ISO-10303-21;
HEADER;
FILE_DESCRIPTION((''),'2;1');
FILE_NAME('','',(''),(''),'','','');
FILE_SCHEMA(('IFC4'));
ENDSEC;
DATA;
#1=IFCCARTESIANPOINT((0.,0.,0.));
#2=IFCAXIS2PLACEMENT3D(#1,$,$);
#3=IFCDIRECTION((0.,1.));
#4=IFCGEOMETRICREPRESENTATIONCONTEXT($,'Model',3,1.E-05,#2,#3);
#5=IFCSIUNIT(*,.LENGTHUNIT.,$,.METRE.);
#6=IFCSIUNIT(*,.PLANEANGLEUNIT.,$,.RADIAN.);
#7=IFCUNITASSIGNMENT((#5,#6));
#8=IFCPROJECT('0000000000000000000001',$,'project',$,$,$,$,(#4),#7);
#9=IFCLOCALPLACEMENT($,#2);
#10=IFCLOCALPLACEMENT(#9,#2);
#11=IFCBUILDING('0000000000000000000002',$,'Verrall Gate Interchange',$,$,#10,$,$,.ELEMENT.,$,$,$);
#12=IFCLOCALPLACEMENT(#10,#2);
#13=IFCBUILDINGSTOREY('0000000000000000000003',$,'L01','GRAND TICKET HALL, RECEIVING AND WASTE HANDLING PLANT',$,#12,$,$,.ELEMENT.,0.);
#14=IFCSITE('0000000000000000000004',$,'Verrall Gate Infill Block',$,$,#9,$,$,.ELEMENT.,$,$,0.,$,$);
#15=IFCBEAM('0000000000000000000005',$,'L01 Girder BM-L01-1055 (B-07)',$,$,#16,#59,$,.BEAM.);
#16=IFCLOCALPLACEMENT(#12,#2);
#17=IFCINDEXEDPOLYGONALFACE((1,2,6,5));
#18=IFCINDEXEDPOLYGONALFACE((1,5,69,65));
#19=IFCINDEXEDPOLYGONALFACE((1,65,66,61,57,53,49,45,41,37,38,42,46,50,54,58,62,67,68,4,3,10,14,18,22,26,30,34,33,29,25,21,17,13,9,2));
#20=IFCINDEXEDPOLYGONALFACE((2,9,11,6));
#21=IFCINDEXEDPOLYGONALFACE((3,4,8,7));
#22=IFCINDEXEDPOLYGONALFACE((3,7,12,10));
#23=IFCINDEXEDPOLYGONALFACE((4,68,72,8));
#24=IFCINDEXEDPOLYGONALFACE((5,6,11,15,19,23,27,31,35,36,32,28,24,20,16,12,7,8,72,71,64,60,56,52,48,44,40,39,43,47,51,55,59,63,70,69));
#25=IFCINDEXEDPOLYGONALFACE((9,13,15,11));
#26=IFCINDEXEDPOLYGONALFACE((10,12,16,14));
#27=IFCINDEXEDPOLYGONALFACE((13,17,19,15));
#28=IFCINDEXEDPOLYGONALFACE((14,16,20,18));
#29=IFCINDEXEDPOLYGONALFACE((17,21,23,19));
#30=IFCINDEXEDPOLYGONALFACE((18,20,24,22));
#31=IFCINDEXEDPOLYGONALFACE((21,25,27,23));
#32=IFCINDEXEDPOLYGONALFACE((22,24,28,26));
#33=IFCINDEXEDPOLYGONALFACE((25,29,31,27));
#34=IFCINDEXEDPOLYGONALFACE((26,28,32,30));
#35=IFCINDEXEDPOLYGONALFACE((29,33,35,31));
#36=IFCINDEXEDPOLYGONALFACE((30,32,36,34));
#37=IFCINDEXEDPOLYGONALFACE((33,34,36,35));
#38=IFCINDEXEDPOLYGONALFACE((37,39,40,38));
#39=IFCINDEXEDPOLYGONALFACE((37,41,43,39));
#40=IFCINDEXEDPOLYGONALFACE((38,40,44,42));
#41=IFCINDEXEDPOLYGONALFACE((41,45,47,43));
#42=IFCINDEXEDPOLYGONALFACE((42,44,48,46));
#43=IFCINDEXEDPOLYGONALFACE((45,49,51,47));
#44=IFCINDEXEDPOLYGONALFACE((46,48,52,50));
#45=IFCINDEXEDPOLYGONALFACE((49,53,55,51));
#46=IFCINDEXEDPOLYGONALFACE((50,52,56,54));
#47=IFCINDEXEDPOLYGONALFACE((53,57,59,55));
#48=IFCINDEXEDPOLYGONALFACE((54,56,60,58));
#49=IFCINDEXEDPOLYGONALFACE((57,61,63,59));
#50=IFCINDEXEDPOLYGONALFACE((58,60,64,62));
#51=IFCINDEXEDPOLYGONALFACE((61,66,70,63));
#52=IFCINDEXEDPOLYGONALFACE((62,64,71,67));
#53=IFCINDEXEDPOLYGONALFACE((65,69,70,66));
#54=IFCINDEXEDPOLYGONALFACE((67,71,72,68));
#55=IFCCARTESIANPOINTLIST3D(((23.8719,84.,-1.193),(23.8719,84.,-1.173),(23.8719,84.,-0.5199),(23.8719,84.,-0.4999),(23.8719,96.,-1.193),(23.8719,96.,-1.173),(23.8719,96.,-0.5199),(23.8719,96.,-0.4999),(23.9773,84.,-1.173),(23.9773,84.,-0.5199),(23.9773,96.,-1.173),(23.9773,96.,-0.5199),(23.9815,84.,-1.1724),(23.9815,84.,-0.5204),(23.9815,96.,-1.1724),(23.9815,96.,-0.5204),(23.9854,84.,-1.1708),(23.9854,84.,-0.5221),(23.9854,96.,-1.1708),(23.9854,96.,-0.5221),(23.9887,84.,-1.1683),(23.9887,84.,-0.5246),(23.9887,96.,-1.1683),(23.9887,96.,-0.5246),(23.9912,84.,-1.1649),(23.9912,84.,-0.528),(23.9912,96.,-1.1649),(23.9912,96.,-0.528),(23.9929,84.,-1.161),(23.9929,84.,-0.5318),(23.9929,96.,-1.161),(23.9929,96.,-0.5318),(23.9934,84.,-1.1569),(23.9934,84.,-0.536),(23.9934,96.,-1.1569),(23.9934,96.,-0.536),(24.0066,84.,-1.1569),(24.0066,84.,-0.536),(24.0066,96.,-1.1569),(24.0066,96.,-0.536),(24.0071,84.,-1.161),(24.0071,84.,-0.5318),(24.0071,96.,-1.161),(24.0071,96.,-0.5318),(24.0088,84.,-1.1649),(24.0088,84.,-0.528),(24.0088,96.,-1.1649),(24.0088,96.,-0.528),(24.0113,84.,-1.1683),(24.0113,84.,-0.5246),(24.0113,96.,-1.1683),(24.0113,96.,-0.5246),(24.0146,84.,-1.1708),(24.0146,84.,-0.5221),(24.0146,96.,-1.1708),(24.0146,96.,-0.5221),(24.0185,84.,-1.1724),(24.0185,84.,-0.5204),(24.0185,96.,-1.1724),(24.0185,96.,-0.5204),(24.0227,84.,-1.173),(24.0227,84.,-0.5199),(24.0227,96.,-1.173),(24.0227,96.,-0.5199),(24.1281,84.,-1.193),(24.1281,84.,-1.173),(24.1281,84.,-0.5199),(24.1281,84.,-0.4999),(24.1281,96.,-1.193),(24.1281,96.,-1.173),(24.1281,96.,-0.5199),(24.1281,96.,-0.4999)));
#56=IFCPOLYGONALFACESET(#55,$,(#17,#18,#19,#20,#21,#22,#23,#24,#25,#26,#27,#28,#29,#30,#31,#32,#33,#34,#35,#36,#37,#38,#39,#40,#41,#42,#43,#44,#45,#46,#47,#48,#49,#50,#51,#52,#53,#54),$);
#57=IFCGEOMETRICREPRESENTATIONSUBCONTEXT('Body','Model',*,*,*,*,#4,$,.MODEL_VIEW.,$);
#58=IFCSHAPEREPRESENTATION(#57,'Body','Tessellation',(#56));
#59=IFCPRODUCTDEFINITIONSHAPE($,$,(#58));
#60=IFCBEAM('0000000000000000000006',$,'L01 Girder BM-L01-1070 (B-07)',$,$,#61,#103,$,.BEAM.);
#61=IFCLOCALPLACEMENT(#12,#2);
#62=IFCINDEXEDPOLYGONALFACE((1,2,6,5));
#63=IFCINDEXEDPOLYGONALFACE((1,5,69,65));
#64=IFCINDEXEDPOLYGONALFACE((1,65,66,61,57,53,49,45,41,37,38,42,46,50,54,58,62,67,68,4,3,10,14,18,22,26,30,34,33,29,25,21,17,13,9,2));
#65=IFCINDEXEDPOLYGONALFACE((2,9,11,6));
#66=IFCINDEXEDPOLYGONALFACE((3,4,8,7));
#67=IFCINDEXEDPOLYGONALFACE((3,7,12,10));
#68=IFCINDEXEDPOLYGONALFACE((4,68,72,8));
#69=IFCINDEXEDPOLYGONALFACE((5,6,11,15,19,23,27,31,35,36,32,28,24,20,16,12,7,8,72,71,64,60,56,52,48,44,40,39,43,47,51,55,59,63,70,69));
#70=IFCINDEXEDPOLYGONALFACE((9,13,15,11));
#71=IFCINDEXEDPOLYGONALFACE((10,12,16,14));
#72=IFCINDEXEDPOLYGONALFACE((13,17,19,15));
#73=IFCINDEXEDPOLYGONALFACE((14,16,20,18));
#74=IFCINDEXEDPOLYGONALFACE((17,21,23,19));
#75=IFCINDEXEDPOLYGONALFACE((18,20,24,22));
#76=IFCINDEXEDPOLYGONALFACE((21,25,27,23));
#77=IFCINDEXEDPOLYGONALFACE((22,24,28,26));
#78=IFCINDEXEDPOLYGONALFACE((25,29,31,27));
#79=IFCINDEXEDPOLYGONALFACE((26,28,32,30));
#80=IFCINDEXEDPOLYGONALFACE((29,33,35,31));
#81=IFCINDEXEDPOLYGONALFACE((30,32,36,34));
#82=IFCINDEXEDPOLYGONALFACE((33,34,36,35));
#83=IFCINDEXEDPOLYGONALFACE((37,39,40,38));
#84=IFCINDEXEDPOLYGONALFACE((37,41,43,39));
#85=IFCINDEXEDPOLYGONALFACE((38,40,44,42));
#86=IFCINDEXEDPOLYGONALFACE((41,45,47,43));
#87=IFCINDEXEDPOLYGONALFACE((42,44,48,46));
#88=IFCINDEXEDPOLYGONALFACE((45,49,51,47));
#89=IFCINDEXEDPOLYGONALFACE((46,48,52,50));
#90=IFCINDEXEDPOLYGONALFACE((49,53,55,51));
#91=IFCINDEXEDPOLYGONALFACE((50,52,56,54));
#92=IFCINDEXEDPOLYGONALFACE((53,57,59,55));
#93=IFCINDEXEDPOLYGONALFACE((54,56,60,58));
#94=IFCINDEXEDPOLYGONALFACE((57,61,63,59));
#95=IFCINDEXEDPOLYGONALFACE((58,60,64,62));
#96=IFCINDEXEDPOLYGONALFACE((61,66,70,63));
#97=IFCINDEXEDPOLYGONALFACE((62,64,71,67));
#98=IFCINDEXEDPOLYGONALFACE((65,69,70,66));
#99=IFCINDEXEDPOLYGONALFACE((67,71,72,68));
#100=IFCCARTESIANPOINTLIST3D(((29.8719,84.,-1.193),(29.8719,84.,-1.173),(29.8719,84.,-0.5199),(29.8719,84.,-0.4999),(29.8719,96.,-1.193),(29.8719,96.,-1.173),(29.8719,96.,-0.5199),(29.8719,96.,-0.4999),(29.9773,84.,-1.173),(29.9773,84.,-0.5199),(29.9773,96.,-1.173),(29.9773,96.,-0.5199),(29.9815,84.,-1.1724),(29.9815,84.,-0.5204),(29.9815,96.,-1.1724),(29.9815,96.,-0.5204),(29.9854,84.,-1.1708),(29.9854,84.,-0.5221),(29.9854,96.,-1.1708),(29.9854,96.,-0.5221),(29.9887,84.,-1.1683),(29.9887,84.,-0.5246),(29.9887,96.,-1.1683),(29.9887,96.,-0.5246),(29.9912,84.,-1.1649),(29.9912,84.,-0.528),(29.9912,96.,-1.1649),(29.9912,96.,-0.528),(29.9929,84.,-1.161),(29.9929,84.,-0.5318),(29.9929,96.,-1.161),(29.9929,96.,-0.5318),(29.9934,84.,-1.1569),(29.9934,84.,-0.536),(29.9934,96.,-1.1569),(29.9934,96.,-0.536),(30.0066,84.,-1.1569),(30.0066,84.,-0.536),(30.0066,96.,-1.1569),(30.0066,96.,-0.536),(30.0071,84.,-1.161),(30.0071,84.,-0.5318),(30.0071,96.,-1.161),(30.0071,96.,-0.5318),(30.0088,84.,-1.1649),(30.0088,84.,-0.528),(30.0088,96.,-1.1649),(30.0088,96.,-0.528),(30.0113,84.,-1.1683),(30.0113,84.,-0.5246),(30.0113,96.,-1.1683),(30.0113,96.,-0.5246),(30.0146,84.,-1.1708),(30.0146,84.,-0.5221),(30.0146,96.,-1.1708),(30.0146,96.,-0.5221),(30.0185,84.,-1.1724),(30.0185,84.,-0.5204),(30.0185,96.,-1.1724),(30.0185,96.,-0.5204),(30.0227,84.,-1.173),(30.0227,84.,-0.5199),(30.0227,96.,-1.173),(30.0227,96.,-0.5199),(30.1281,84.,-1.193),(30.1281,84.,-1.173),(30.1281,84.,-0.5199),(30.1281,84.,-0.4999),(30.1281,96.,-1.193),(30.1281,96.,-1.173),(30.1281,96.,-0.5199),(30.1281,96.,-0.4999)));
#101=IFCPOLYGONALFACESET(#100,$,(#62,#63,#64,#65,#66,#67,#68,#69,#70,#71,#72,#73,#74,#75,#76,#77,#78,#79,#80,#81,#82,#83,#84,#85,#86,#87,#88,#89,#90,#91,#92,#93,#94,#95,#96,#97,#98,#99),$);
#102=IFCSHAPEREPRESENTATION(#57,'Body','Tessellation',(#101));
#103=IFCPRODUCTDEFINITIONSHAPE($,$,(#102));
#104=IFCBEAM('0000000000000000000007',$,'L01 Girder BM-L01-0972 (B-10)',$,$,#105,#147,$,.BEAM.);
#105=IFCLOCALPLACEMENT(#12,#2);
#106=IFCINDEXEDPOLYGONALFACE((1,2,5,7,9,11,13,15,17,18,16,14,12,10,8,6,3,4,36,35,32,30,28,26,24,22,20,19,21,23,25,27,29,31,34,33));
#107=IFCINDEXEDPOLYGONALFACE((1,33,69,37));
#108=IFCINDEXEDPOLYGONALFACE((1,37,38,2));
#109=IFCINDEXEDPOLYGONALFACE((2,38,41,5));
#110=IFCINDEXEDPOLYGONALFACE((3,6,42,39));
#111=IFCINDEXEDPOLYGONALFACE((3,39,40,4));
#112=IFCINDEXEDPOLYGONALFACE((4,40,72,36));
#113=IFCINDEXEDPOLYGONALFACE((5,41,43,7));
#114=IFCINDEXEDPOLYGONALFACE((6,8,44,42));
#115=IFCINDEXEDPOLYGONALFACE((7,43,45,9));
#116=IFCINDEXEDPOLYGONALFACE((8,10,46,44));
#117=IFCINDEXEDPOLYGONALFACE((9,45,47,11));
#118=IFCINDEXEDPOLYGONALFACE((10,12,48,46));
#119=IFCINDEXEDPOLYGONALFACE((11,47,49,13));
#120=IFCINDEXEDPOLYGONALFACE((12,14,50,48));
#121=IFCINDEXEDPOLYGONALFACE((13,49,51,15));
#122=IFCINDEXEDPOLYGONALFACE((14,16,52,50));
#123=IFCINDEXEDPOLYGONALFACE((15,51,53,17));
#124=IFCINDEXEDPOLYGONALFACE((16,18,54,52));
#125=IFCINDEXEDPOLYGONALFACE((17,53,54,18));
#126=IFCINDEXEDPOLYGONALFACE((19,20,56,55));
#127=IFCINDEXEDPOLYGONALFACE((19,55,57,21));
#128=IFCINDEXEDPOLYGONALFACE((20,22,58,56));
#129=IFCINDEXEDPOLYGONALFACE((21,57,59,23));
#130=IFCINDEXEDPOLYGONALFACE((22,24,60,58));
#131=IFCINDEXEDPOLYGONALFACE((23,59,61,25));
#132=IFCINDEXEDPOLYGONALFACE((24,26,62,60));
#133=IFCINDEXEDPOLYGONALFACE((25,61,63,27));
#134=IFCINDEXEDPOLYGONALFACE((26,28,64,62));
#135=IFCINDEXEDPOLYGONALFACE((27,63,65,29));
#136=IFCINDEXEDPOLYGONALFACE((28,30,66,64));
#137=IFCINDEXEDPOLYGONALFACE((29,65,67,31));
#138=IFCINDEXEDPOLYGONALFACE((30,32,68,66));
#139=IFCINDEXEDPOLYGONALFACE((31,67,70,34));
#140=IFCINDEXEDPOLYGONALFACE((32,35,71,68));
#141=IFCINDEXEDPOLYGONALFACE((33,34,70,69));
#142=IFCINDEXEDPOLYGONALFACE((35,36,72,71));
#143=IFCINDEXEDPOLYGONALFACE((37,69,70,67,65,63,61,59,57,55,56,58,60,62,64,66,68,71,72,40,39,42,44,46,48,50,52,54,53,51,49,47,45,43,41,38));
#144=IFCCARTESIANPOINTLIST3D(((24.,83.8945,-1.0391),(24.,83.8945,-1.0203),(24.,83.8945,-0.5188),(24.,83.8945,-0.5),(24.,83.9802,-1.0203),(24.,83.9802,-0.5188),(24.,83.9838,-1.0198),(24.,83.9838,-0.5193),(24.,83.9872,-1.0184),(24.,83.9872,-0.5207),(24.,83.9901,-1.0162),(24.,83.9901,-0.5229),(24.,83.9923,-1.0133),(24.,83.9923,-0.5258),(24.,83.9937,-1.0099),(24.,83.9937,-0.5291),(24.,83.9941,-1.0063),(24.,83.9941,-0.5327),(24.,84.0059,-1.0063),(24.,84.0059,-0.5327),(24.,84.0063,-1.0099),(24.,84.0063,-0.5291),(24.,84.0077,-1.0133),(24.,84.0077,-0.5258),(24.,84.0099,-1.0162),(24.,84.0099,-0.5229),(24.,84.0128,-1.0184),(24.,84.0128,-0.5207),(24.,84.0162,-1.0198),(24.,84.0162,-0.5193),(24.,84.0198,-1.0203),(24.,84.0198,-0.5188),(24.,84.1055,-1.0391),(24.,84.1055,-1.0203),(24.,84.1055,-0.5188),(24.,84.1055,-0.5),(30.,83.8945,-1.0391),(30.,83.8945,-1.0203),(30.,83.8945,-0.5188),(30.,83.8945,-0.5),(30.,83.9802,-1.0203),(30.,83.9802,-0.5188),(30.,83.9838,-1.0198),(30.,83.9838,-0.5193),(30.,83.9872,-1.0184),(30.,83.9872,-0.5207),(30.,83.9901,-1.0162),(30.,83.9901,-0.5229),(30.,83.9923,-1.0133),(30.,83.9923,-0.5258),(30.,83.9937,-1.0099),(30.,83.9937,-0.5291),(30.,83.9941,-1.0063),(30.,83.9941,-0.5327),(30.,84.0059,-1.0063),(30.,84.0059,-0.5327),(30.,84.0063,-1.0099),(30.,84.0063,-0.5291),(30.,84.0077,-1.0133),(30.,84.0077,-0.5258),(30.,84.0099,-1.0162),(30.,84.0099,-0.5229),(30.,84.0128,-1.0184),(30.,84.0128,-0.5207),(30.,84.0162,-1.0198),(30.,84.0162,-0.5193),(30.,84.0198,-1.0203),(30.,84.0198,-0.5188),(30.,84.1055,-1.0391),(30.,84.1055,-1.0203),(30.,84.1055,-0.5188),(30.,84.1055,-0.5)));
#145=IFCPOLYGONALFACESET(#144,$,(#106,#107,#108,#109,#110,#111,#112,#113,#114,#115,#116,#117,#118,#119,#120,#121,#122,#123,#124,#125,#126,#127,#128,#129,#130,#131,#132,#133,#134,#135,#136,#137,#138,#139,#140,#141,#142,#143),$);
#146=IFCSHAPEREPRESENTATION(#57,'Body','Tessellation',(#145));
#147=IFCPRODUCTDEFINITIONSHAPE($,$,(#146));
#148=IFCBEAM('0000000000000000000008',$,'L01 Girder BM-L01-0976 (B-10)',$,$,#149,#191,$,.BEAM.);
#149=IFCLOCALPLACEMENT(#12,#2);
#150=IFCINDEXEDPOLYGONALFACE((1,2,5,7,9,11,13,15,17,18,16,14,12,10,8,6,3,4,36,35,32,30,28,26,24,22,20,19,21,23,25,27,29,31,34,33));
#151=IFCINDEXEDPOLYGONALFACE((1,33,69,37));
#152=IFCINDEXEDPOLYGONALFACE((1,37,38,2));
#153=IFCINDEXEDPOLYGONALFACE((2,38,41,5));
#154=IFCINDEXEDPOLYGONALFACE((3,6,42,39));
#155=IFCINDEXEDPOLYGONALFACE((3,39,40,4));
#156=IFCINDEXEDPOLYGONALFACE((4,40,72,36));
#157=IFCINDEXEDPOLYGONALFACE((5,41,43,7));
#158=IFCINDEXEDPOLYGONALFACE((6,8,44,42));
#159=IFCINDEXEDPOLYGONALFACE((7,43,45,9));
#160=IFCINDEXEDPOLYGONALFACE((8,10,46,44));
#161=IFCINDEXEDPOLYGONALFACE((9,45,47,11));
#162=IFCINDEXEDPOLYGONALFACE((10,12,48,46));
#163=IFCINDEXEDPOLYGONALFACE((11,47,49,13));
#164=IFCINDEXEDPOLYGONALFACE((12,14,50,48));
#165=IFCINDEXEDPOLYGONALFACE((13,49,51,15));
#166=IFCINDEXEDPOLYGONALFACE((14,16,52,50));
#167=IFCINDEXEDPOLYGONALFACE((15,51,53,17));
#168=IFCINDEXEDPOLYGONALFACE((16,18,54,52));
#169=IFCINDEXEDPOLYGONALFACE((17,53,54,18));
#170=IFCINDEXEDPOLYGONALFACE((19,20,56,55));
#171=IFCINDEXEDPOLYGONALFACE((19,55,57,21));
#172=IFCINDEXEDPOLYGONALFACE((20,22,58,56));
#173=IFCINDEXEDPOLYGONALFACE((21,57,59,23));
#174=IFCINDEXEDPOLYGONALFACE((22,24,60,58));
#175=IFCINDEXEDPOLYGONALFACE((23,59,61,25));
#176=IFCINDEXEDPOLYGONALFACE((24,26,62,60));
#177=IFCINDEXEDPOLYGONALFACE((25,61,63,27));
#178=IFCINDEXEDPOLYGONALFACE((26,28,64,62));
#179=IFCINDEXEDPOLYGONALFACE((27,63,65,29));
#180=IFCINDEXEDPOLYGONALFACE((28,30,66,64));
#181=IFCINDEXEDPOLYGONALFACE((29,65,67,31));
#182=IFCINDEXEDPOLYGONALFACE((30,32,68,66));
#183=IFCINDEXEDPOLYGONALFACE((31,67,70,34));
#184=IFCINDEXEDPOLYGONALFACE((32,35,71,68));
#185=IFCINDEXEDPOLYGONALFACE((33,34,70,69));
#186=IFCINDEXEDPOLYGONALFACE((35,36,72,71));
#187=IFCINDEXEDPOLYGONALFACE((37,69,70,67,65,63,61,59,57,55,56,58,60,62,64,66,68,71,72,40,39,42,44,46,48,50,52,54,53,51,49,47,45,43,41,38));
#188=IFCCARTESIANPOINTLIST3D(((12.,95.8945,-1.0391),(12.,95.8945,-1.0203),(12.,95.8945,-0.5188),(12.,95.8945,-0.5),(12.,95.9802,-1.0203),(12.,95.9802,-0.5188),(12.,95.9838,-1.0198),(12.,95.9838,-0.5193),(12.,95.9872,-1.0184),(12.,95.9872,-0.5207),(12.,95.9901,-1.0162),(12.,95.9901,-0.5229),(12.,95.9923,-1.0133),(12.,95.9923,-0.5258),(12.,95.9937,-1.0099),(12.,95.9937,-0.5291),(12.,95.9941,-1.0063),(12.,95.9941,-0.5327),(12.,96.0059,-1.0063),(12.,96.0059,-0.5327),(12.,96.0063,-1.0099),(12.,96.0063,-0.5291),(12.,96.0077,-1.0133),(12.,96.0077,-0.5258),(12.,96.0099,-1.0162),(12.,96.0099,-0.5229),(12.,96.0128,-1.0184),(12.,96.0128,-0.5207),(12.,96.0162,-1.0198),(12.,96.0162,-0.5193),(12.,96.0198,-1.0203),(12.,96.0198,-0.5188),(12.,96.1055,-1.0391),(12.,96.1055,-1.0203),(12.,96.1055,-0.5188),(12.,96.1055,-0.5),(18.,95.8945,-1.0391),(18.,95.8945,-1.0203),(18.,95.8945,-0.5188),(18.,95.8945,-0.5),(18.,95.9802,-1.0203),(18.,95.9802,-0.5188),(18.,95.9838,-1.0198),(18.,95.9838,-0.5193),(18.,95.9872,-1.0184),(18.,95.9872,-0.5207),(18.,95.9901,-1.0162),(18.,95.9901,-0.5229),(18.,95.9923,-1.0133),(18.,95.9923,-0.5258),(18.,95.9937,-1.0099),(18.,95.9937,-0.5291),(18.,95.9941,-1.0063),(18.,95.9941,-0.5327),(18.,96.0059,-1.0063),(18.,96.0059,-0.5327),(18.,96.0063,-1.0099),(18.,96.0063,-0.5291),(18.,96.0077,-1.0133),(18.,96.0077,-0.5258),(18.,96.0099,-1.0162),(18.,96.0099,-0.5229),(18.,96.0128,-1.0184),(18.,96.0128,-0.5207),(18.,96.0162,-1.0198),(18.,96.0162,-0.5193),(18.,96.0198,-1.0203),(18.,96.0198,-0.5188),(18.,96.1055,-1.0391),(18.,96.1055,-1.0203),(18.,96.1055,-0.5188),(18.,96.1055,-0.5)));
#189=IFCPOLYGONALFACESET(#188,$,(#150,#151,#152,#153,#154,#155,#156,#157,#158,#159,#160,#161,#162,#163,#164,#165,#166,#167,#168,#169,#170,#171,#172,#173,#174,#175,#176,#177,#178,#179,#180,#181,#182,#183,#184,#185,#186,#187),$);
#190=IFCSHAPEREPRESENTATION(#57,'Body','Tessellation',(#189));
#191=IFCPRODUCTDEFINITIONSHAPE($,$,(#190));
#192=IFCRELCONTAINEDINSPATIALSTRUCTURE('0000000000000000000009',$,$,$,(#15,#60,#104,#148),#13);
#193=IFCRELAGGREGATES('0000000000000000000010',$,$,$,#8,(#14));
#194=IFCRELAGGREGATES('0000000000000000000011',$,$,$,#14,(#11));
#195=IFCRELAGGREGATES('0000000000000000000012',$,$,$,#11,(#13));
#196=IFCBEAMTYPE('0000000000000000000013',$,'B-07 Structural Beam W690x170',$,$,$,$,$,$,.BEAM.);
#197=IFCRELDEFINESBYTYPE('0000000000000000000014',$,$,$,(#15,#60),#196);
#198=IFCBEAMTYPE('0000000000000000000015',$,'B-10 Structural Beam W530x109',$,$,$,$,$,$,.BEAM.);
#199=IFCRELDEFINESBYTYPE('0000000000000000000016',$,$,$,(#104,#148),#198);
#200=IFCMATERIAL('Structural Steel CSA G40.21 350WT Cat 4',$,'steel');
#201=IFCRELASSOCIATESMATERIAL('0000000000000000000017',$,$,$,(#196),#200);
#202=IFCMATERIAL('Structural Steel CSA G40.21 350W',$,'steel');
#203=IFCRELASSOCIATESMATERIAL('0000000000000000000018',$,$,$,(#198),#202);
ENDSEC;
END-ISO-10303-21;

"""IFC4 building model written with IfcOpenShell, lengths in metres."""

from ifc_helpers import new_model, si_unit, direction, frame, origin, origin_2d, place, context, subcontext, project, spatial, i_section, extrude, material, material_profile, profile_set, type_object, element, save


model = new_model("IFC4")

# Units and contexts
model_context = context("Model", 3, precision=1e-05, world=origin(), true_north=direction((0.0, 1.0)))
body_context = subcontext(model_context, "Body", "Model", "MODEL_VIEW")
ifc_project = project(units=[si_unit("LENGTHUNIT", "METRE"), si_unit("PLANEANGLEUNIT", "RADIAN")], contexts=[model_context])

# Site, building, storey
site_placement = place(None, origin())
site = spatial("IfcSite", under=ifc_project, at=site_placement, Name="Verrall Gate Infill Block", CompositionType="ELEMENT", RefElevation=0.0)
building_placement = place(site_placement, origin())
building = spatial("IfcBuilding", under=site, at=building_placement, Name="Verrall Gate Interchange", CompositionType="ELEMENT")
storey_placement = place(building_placement, origin())
storey = spatial("IfcBuildingStorey", under=building, at=storey_placement, Name="L01", Description="GRAND TICKET HALL, RECEIVING AND WASTE HANDLING PLANT", CompositionType="ELEMENT", Elevation=0.0)

# Beams
ifc_material_1 = material(Name="Structural Steel CSA G40.21 350WT Cat 4", Category="steel")
ifc_material_profile_1 = material_profile(ifc_material_1, i_section(OverallWidth=0.2561, OverallDepth=0.6931, WebThickness=0.0132, FlangeThickness=0.02, FilletRadius=0.0161, at=origin_2d()), Name="W690x170")
ifc_profile_set_1 = profile_set([ifc_material_profile_1], Name="Structural Steel CSA G40.21 350WT Cat 4")
beam_type_1 = type_object("IfcBeamType", Name="B-07 Structural Beam W690x170", PredefinedType="BEAM", material=ifc_profile_set_1)
for number, where, z_axis, x_axis, name in (
    (1, (24.0, 84.0, -0.8464), (0.0, 1.0, 0.0), (-1.0, 0.0, 0.0), "L01 Girder BM-L01-1055 (B-07)"),
    (2, (30.0, 84.0, -0.8464), (0.0, 1.0, 0.0), (-1.0, 0.0, 0.0), "L01 Girder BM-L01-1070 (B-07)"),
):
    element("IfcBeam", number, at=place(storey_placement, frame(where, z_axis=z_axis, x_axis=x_axis)), inside=storey, type_object=beam_type_1, Name=name, PredefinedType="BEAM", context=body_context, shape_type="SweptSolid", body=[
        extrude(i_section(OverallWidth=0.2561, OverallDepth=0.6931, WebThickness=0.0132, FlangeThickness=0.02, FilletRadius=0.0161, at=origin_2d()), origin(), (0.0, 0.0, 1.0), 12.0),
    ])
ifc_material_2 = material(Name="Structural Steel CSA G40.21 350W", Category="steel")
ifc_material_profile_2 = material_profile(ifc_material_2, i_section(OverallWidth=0.2109, OverallDepth=0.5391, WebThickness=0.0117, FlangeThickness=0.0188, FilletRadius=0.0139, at=origin_2d()), Name="W530x109")
ifc_profile_set_2 = profile_set([ifc_material_profile_2], Name="Structural Steel CSA G40.21 350W")
beam_type_2 = type_object("IfcBeamType", Name="B-10 Structural Beam W530x109", PredefinedType="BEAM", material=ifc_profile_set_2)
for number, where, z_axis, x_axis, name in (
    (3, (24.0, 84.0, -0.7695), (1.0, 0.0, 0.0), (0.0, 1.0, 0.0), "L01 Girder BM-L01-0972 (B-10)"),
    (4, (12.0, 96.0, -0.7695), (1.0, 0.0, 0.0), (0.0, 1.0, 0.0), "L01 Girder BM-L01-0976 (B-10)"),
):
    element("IfcBeam", number, at=place(storey_placement, frame(where, z_axis=z_axis, x_axis=x_axis)), inside=storey, type_object=beam_type_2, Name=name, PredefinedType="BEAM", context=body_context, shape_type="SweptSolid", body=[
        extrude(i_section(OverallWidth=0.2109, OverallDepth=0.5391, WebThickness=0.0117, FlangeThickness=0.0188, FilletRadius=0.0139, at=origin_2d()), origin(), (0.0, 0.0, 1.0), 6.0),
    ])

save(model, "model.ifc")
